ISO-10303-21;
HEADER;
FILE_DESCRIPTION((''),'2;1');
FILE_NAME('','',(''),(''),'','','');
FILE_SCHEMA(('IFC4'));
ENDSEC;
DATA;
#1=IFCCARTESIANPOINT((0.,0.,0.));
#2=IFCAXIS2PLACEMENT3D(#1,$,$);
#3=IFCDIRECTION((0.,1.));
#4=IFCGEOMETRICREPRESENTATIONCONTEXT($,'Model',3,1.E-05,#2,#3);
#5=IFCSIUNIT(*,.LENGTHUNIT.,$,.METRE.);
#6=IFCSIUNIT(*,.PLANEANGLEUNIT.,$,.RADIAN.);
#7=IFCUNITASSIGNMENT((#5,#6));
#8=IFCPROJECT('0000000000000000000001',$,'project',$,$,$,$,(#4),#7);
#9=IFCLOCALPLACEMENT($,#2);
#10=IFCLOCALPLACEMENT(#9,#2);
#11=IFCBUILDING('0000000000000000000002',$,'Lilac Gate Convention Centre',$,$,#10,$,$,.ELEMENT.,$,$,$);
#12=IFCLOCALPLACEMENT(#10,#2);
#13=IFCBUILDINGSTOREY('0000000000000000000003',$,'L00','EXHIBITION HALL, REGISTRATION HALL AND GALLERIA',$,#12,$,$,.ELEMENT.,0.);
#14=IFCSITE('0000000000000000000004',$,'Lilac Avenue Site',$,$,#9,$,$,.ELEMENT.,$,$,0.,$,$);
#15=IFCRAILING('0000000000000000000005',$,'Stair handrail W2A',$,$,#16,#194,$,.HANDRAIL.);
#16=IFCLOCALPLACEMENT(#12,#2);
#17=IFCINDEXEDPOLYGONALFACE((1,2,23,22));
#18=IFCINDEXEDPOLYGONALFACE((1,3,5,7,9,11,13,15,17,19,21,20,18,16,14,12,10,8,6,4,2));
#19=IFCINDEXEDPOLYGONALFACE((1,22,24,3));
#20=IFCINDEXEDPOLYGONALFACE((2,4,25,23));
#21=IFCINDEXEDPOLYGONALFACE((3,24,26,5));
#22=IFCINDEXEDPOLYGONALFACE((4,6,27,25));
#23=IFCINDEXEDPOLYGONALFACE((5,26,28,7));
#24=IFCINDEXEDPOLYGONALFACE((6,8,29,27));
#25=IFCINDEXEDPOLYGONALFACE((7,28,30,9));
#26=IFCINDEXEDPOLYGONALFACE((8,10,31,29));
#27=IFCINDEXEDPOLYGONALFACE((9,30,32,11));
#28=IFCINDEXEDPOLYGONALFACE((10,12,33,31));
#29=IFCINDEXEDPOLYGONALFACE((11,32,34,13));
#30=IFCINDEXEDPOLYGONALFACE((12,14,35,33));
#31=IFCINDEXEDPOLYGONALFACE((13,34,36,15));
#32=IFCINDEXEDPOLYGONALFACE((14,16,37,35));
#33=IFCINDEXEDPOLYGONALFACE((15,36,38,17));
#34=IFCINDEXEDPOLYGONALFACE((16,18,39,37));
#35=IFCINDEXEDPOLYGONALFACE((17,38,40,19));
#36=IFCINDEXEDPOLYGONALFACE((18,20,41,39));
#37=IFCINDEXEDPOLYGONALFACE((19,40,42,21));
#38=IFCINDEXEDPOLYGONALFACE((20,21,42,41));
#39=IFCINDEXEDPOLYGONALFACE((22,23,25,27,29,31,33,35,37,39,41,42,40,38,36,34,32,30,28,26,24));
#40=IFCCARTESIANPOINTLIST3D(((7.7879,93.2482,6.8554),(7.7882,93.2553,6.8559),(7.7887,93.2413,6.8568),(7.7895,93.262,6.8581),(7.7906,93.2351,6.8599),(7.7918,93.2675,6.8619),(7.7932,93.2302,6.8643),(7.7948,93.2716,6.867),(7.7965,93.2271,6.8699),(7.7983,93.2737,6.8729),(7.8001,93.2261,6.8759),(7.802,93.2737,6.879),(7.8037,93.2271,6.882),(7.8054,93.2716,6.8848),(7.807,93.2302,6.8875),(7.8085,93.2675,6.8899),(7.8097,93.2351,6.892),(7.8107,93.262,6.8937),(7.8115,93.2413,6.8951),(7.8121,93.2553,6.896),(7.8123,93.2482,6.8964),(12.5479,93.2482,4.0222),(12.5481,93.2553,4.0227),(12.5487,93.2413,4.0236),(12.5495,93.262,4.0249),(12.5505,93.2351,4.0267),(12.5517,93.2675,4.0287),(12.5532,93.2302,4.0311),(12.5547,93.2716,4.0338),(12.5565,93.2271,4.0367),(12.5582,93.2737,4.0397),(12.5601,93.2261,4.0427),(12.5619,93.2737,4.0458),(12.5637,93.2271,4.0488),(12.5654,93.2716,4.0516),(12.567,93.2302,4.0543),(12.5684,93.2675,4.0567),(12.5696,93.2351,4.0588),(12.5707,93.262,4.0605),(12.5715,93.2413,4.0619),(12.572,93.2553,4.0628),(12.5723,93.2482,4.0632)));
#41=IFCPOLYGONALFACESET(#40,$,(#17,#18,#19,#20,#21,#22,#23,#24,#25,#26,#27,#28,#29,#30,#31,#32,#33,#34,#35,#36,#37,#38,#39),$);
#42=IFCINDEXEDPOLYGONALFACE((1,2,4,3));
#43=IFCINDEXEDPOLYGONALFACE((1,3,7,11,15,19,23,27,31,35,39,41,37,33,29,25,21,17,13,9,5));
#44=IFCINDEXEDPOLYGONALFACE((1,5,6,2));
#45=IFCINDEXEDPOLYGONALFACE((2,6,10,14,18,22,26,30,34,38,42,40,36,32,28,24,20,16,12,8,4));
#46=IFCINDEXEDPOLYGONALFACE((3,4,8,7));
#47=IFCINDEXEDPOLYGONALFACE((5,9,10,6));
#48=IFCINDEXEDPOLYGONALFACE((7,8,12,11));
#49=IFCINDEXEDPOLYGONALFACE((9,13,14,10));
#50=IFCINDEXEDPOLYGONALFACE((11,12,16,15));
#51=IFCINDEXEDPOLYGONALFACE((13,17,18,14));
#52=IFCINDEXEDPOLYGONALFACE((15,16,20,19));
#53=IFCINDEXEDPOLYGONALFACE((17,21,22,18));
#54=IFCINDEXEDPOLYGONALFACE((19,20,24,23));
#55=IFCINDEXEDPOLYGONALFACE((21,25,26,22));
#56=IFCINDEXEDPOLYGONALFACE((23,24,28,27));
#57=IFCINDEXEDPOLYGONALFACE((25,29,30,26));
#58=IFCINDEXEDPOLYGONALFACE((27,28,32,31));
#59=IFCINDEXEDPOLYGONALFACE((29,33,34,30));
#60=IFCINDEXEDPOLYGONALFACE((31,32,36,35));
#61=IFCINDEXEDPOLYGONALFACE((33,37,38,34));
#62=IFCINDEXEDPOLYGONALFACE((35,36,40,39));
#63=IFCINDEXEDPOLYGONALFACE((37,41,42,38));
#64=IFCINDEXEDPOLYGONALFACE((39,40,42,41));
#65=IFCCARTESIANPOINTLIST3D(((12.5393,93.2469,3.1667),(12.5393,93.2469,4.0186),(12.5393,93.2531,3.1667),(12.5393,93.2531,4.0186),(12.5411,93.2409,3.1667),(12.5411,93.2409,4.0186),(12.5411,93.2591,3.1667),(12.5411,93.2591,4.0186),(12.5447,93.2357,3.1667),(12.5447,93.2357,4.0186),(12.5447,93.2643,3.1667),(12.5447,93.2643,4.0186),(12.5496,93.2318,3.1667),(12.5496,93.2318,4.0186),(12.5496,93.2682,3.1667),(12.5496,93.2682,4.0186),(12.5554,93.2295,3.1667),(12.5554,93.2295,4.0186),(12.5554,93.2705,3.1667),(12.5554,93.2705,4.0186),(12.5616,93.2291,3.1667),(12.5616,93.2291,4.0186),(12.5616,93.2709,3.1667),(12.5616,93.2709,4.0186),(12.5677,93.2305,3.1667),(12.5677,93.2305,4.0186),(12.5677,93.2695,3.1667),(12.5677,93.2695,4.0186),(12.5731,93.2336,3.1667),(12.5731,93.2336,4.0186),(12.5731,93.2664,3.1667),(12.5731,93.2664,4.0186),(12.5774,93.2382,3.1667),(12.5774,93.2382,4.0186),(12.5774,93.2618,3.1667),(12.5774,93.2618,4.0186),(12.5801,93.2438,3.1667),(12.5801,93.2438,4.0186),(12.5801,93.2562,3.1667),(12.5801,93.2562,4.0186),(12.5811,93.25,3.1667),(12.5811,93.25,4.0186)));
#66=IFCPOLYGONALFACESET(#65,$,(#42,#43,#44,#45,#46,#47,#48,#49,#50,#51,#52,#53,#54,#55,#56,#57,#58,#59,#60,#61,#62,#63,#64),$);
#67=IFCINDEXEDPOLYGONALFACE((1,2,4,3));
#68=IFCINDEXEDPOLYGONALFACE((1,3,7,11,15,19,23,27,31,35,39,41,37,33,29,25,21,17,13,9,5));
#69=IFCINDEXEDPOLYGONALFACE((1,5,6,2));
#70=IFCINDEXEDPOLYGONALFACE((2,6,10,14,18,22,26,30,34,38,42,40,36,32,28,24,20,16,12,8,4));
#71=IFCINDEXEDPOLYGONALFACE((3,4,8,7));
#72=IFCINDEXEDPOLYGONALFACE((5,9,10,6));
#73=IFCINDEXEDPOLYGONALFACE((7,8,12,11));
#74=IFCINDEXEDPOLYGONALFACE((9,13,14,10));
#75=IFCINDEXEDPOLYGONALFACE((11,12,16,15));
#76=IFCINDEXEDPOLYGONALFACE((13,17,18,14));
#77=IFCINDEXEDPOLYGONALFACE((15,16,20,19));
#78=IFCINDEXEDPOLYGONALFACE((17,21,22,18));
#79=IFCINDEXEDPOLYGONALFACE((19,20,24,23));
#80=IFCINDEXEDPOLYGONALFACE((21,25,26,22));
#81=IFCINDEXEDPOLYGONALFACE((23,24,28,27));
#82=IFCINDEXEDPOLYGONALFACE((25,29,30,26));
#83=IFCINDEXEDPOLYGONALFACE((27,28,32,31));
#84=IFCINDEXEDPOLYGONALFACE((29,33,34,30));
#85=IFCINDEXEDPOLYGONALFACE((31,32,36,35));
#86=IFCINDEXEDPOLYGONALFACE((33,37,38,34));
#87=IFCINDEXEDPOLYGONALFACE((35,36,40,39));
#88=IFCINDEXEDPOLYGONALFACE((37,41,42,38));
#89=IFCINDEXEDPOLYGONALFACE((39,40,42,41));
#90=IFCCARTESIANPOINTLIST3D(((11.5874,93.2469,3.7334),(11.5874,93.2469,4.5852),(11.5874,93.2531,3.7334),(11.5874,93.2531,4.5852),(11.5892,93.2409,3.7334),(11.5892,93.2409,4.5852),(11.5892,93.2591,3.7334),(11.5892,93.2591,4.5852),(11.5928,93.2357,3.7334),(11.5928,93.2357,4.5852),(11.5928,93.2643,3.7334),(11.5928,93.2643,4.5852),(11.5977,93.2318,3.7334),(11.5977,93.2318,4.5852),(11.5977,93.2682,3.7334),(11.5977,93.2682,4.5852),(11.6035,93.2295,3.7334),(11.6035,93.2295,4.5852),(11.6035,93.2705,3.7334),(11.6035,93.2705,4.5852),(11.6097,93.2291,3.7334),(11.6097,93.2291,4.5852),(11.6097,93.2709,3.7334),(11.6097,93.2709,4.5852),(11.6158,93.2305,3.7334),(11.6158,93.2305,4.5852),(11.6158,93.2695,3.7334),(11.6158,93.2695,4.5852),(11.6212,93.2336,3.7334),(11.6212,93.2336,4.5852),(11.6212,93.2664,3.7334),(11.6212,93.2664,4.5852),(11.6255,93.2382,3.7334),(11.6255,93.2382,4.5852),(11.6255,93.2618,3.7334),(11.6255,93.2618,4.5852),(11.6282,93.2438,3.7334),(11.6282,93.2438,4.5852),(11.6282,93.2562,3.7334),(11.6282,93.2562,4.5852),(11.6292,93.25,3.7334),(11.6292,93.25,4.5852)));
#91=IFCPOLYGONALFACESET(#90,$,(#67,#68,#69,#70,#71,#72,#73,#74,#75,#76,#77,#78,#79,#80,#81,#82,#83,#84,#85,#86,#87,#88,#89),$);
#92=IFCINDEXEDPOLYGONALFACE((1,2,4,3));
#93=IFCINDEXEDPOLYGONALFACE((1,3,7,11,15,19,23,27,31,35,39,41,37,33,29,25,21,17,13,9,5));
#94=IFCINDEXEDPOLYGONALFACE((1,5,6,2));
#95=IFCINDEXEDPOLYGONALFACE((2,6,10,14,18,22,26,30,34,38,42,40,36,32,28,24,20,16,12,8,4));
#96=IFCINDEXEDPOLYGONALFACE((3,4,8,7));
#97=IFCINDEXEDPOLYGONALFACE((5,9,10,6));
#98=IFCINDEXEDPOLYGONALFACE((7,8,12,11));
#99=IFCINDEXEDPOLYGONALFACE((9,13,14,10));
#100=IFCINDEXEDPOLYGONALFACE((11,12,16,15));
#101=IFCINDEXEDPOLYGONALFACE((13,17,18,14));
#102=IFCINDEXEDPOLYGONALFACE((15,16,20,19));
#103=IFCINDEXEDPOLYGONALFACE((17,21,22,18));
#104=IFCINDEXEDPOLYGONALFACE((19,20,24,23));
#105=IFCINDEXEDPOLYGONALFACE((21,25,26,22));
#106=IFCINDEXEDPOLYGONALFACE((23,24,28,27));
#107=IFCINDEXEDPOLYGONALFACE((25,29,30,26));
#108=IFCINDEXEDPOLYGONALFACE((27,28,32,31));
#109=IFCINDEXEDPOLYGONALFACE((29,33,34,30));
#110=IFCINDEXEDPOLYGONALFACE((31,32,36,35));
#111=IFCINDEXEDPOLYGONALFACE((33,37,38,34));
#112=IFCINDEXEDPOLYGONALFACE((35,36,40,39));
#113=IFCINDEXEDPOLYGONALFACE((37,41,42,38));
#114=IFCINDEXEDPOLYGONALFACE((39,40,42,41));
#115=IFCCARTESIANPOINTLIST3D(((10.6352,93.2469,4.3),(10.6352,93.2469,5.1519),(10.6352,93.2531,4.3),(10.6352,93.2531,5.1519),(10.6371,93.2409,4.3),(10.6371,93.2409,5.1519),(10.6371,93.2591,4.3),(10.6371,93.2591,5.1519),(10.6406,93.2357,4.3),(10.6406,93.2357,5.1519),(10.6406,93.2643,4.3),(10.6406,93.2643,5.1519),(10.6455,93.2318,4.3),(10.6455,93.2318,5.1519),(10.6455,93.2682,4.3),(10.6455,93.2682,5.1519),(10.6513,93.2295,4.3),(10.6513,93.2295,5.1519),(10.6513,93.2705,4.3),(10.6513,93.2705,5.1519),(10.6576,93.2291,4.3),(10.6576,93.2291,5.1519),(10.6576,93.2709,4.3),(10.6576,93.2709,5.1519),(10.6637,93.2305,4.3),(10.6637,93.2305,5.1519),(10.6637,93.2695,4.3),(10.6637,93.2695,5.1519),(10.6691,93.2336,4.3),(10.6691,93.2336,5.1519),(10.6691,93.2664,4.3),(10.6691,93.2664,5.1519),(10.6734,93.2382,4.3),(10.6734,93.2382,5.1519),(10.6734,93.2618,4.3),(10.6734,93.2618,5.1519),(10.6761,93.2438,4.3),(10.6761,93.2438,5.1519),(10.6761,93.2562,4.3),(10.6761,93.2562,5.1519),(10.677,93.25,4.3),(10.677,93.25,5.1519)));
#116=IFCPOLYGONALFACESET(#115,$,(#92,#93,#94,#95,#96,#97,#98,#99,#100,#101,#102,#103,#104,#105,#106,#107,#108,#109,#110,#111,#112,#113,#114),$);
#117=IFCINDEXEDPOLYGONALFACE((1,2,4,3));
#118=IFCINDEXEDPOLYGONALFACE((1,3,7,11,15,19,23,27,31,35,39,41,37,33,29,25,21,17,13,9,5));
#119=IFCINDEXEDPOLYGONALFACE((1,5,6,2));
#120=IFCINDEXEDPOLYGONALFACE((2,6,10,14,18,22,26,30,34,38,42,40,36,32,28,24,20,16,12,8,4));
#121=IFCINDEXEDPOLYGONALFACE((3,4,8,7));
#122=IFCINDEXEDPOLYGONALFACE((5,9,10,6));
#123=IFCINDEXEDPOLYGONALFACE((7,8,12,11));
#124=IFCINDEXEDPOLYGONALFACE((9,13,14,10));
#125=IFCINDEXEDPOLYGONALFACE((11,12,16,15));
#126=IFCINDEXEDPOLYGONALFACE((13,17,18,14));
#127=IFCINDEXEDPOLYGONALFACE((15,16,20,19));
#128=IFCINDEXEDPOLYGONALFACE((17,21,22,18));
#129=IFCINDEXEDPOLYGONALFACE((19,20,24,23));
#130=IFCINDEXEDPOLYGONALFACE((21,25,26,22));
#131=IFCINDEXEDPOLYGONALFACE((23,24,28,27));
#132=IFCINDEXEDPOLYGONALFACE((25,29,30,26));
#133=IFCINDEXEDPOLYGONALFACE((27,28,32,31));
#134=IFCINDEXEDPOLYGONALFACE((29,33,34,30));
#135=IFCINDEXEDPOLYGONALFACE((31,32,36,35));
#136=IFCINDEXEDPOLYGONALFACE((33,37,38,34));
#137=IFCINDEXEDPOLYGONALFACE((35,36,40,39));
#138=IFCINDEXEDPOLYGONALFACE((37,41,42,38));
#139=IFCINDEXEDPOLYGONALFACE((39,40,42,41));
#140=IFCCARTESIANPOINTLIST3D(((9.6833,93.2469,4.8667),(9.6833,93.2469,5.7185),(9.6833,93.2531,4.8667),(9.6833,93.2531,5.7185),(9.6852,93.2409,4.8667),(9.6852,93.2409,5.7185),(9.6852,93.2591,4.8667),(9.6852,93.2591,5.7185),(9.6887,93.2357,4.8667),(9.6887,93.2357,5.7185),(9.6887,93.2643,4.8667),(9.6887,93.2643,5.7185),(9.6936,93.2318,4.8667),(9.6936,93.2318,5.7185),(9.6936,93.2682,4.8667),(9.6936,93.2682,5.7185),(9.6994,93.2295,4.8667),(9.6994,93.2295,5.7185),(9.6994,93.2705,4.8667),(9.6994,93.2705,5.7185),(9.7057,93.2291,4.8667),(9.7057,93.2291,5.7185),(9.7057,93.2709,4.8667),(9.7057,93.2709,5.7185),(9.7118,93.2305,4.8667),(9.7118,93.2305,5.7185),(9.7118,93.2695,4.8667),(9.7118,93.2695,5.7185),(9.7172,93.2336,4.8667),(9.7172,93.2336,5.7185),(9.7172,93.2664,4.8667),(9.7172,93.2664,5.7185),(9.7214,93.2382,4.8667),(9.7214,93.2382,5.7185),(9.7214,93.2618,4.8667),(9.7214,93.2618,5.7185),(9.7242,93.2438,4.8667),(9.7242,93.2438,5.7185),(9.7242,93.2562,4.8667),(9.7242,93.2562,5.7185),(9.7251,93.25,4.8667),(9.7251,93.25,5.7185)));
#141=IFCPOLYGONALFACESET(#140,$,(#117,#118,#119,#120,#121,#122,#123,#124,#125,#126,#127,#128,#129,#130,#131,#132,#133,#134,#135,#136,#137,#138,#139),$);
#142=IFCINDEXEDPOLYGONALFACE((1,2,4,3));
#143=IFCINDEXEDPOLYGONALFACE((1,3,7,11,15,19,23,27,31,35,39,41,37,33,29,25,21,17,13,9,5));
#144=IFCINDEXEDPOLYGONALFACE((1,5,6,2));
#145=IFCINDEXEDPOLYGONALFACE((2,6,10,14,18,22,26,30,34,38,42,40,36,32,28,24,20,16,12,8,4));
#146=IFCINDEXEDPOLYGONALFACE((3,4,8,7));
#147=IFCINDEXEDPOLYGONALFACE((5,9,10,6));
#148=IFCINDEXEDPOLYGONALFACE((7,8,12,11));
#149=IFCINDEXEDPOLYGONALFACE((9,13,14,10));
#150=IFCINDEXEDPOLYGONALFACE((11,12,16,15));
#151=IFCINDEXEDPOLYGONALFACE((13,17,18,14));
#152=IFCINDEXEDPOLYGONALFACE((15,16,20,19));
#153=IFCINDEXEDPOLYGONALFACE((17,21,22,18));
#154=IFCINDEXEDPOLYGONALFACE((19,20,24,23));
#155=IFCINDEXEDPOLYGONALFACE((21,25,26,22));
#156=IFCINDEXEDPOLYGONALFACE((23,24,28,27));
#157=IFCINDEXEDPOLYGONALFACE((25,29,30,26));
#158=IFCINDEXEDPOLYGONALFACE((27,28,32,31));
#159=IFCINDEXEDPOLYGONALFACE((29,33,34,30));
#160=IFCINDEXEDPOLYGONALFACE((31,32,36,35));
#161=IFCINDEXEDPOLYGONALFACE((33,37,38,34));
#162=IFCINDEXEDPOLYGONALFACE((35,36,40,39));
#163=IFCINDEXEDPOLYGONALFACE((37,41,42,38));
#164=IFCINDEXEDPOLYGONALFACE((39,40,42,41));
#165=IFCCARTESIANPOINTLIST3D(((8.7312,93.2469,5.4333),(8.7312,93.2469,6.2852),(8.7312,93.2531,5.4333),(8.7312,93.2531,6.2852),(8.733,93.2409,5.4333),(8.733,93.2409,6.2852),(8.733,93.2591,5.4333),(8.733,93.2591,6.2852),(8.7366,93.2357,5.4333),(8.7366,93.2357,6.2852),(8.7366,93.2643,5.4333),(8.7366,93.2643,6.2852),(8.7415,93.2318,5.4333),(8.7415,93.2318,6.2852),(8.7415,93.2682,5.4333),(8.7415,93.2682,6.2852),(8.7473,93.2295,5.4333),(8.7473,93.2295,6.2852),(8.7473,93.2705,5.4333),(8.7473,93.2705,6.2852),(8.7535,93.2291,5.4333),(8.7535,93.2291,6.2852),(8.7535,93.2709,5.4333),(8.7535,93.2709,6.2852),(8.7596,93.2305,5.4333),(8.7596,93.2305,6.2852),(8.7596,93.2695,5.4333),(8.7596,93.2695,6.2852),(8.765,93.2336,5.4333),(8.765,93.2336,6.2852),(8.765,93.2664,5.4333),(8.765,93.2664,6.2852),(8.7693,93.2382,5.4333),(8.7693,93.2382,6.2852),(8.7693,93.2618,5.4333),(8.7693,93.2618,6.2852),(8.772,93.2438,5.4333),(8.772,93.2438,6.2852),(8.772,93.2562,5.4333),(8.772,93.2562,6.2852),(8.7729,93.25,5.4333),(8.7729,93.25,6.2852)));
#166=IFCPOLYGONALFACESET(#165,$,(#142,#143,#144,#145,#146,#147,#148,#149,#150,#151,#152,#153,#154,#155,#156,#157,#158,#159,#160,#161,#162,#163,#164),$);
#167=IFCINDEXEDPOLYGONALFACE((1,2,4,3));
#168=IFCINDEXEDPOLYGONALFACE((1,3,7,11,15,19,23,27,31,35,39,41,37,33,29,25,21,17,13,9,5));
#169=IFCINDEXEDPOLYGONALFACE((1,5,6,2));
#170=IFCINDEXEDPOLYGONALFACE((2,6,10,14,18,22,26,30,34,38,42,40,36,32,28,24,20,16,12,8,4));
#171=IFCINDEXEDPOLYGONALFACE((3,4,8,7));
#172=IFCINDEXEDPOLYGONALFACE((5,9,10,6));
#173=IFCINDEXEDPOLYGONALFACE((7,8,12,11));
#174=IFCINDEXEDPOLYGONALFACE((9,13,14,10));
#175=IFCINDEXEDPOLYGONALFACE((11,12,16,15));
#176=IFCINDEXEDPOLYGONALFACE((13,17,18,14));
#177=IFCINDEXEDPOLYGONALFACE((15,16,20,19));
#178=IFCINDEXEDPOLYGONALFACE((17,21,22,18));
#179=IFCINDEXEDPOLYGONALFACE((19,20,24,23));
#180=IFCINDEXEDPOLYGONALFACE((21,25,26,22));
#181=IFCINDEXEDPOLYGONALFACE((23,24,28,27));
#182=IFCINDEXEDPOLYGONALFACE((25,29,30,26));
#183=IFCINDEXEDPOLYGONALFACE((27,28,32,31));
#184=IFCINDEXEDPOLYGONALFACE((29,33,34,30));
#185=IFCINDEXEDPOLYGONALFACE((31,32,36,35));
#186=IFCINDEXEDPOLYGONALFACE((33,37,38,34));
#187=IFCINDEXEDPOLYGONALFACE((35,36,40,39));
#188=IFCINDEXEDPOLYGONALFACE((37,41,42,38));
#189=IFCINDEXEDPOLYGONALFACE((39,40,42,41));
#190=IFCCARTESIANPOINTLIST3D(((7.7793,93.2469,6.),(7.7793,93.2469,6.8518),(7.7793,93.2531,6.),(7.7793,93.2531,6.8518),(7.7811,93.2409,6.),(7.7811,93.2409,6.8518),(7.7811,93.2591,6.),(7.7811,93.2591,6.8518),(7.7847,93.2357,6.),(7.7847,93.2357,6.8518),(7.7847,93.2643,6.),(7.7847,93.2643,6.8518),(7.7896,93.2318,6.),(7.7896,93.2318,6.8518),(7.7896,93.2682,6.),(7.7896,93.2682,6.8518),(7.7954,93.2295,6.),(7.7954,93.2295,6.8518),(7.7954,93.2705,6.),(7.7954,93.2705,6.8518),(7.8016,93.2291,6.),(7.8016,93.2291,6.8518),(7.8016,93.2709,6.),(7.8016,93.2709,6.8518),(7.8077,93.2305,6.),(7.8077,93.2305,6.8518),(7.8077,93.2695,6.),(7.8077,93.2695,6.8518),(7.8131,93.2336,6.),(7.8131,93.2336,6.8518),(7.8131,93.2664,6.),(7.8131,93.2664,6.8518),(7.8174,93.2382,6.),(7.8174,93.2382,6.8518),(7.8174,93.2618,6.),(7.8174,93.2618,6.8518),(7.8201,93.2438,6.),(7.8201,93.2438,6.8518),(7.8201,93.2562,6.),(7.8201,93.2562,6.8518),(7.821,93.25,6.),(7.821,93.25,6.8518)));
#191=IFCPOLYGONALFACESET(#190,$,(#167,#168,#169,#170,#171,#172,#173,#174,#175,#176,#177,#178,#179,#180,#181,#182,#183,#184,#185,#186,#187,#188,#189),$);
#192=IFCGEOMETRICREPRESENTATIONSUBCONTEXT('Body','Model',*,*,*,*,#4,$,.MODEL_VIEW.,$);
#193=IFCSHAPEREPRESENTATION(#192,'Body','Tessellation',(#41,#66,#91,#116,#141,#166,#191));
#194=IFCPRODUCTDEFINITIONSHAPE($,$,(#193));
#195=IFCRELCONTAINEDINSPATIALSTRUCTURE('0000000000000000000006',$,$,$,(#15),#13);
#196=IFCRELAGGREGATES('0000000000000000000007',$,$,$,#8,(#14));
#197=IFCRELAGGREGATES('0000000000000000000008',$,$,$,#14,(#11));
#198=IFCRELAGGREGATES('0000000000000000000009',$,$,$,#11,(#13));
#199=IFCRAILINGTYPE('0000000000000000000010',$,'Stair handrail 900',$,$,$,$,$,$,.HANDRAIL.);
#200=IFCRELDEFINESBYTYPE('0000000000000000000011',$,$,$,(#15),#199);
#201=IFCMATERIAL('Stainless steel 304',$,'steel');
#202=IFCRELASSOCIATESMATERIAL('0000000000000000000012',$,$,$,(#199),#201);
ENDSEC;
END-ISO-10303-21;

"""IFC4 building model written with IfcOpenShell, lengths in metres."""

from ifc_helpers import new_model, si_unit, direction, frame, origin, origin_2d, place, context, subcontext, project, spatial, circle, extrude, material, type_object, element, save


model = new_model("IFC4")

# Units and contexts
model_context = context("Model", 3, precision=1e-05, world=origin(), true_north=direction((0.0, 1.0)))
body_context = subcontext(model_context, "Body", "Model", "MODEL_VIEW")
ifc_project = project(units=[si_unit("LENGTHUNIT", "METRE"), si_unit("PLANEANGLEUNIT", "RADIAN")], contexts=[model_context])

# Site, building, storey
site_placement = place(None, origin())
site = spatial("IfcSite", under=ifc_project, at=site_placement, Name="Lilac Avenue Site", CompositionType="ELEMENT", RefElevation=0.0)
building_placement = place(site_placement, origin())
building = spatial("IfcBuilding", under=site, at=building_placement, Name="Lilac Gate Convention Centre", CompositionType="ELEMENT")
storey_placement = place(building_placement, origin())
storey = spatial("IfcBuildingStorey", under=building, at=storey_placement, Name="L00", Description="EXHIBITION HALL, REGISTRATION HALL AND GALLERIA", CompositionType="ELEMENT", Elevation=0.0)

# Shared definitions
ifc_material_1 = material(Name="Stainless steel 304", Category="steel")

# Railing
railing_type = type_object("IfcRailingType", Name="Stair handrail 900", PredefinedType="HANDRAIL", material=ifc_material_1)
for number, where, name in (
    (1, (12.5601, 93.25, 3.1667), "Stair handrail W2A"),
):
    element("IfcRailing", number, at=place(storey_placement, frame(where)), inside=storey, type_object=railing_type, Name=name, PredefinedType="HANDRAIL", context=body_context, shape_type="SweptSolid", body=[
        extrude(circle(Radius=0.0239, at=origin_2d()), frame((0.0, 0.0, 0.876), z_axis=(-0.8593, 0.0, 0.511472), x_axis=(0.0, -1.0, 0.0)), (0.0, 0.0, 1.0), 5.5393),
        extrude(circle(Radius=0.021, at=origin_2d()), origin(), (0.0, 0.0, 1.0), 0.8518),
        extrude(circle(Radius=0.021, at=origin_2d()), frame((-0.9519, 0.0, 0.5667)), (0.0, 0.0, 1.0), 0.8518),
        extrude(circle(Radius=0.021, at=origin_2d()), frame((-1.9041, 0.0, 1.1333)), (0.0, 0.0, 1.0), 0.8518),
        extrude(circle(Radius=0.021, at=origin_2d()), frame((-2.856, 0.0, 1.7)), (0.0, 0.0, 1.0), 0.8518),
        extrude(circle(Radius=0.021, at=origin_2d()), frame((-3.8081, 0.0, 2.2666)), (0.0, 0.0, 1.0), 0.8518),
        extrude(circle(Radius=0.021, at=origin_2d()), frame((-4.76, 0.0, 2.8333)), (0.0, 0.0, 1.0), 0.8518),
    ])

save(model, "model.ifc")
